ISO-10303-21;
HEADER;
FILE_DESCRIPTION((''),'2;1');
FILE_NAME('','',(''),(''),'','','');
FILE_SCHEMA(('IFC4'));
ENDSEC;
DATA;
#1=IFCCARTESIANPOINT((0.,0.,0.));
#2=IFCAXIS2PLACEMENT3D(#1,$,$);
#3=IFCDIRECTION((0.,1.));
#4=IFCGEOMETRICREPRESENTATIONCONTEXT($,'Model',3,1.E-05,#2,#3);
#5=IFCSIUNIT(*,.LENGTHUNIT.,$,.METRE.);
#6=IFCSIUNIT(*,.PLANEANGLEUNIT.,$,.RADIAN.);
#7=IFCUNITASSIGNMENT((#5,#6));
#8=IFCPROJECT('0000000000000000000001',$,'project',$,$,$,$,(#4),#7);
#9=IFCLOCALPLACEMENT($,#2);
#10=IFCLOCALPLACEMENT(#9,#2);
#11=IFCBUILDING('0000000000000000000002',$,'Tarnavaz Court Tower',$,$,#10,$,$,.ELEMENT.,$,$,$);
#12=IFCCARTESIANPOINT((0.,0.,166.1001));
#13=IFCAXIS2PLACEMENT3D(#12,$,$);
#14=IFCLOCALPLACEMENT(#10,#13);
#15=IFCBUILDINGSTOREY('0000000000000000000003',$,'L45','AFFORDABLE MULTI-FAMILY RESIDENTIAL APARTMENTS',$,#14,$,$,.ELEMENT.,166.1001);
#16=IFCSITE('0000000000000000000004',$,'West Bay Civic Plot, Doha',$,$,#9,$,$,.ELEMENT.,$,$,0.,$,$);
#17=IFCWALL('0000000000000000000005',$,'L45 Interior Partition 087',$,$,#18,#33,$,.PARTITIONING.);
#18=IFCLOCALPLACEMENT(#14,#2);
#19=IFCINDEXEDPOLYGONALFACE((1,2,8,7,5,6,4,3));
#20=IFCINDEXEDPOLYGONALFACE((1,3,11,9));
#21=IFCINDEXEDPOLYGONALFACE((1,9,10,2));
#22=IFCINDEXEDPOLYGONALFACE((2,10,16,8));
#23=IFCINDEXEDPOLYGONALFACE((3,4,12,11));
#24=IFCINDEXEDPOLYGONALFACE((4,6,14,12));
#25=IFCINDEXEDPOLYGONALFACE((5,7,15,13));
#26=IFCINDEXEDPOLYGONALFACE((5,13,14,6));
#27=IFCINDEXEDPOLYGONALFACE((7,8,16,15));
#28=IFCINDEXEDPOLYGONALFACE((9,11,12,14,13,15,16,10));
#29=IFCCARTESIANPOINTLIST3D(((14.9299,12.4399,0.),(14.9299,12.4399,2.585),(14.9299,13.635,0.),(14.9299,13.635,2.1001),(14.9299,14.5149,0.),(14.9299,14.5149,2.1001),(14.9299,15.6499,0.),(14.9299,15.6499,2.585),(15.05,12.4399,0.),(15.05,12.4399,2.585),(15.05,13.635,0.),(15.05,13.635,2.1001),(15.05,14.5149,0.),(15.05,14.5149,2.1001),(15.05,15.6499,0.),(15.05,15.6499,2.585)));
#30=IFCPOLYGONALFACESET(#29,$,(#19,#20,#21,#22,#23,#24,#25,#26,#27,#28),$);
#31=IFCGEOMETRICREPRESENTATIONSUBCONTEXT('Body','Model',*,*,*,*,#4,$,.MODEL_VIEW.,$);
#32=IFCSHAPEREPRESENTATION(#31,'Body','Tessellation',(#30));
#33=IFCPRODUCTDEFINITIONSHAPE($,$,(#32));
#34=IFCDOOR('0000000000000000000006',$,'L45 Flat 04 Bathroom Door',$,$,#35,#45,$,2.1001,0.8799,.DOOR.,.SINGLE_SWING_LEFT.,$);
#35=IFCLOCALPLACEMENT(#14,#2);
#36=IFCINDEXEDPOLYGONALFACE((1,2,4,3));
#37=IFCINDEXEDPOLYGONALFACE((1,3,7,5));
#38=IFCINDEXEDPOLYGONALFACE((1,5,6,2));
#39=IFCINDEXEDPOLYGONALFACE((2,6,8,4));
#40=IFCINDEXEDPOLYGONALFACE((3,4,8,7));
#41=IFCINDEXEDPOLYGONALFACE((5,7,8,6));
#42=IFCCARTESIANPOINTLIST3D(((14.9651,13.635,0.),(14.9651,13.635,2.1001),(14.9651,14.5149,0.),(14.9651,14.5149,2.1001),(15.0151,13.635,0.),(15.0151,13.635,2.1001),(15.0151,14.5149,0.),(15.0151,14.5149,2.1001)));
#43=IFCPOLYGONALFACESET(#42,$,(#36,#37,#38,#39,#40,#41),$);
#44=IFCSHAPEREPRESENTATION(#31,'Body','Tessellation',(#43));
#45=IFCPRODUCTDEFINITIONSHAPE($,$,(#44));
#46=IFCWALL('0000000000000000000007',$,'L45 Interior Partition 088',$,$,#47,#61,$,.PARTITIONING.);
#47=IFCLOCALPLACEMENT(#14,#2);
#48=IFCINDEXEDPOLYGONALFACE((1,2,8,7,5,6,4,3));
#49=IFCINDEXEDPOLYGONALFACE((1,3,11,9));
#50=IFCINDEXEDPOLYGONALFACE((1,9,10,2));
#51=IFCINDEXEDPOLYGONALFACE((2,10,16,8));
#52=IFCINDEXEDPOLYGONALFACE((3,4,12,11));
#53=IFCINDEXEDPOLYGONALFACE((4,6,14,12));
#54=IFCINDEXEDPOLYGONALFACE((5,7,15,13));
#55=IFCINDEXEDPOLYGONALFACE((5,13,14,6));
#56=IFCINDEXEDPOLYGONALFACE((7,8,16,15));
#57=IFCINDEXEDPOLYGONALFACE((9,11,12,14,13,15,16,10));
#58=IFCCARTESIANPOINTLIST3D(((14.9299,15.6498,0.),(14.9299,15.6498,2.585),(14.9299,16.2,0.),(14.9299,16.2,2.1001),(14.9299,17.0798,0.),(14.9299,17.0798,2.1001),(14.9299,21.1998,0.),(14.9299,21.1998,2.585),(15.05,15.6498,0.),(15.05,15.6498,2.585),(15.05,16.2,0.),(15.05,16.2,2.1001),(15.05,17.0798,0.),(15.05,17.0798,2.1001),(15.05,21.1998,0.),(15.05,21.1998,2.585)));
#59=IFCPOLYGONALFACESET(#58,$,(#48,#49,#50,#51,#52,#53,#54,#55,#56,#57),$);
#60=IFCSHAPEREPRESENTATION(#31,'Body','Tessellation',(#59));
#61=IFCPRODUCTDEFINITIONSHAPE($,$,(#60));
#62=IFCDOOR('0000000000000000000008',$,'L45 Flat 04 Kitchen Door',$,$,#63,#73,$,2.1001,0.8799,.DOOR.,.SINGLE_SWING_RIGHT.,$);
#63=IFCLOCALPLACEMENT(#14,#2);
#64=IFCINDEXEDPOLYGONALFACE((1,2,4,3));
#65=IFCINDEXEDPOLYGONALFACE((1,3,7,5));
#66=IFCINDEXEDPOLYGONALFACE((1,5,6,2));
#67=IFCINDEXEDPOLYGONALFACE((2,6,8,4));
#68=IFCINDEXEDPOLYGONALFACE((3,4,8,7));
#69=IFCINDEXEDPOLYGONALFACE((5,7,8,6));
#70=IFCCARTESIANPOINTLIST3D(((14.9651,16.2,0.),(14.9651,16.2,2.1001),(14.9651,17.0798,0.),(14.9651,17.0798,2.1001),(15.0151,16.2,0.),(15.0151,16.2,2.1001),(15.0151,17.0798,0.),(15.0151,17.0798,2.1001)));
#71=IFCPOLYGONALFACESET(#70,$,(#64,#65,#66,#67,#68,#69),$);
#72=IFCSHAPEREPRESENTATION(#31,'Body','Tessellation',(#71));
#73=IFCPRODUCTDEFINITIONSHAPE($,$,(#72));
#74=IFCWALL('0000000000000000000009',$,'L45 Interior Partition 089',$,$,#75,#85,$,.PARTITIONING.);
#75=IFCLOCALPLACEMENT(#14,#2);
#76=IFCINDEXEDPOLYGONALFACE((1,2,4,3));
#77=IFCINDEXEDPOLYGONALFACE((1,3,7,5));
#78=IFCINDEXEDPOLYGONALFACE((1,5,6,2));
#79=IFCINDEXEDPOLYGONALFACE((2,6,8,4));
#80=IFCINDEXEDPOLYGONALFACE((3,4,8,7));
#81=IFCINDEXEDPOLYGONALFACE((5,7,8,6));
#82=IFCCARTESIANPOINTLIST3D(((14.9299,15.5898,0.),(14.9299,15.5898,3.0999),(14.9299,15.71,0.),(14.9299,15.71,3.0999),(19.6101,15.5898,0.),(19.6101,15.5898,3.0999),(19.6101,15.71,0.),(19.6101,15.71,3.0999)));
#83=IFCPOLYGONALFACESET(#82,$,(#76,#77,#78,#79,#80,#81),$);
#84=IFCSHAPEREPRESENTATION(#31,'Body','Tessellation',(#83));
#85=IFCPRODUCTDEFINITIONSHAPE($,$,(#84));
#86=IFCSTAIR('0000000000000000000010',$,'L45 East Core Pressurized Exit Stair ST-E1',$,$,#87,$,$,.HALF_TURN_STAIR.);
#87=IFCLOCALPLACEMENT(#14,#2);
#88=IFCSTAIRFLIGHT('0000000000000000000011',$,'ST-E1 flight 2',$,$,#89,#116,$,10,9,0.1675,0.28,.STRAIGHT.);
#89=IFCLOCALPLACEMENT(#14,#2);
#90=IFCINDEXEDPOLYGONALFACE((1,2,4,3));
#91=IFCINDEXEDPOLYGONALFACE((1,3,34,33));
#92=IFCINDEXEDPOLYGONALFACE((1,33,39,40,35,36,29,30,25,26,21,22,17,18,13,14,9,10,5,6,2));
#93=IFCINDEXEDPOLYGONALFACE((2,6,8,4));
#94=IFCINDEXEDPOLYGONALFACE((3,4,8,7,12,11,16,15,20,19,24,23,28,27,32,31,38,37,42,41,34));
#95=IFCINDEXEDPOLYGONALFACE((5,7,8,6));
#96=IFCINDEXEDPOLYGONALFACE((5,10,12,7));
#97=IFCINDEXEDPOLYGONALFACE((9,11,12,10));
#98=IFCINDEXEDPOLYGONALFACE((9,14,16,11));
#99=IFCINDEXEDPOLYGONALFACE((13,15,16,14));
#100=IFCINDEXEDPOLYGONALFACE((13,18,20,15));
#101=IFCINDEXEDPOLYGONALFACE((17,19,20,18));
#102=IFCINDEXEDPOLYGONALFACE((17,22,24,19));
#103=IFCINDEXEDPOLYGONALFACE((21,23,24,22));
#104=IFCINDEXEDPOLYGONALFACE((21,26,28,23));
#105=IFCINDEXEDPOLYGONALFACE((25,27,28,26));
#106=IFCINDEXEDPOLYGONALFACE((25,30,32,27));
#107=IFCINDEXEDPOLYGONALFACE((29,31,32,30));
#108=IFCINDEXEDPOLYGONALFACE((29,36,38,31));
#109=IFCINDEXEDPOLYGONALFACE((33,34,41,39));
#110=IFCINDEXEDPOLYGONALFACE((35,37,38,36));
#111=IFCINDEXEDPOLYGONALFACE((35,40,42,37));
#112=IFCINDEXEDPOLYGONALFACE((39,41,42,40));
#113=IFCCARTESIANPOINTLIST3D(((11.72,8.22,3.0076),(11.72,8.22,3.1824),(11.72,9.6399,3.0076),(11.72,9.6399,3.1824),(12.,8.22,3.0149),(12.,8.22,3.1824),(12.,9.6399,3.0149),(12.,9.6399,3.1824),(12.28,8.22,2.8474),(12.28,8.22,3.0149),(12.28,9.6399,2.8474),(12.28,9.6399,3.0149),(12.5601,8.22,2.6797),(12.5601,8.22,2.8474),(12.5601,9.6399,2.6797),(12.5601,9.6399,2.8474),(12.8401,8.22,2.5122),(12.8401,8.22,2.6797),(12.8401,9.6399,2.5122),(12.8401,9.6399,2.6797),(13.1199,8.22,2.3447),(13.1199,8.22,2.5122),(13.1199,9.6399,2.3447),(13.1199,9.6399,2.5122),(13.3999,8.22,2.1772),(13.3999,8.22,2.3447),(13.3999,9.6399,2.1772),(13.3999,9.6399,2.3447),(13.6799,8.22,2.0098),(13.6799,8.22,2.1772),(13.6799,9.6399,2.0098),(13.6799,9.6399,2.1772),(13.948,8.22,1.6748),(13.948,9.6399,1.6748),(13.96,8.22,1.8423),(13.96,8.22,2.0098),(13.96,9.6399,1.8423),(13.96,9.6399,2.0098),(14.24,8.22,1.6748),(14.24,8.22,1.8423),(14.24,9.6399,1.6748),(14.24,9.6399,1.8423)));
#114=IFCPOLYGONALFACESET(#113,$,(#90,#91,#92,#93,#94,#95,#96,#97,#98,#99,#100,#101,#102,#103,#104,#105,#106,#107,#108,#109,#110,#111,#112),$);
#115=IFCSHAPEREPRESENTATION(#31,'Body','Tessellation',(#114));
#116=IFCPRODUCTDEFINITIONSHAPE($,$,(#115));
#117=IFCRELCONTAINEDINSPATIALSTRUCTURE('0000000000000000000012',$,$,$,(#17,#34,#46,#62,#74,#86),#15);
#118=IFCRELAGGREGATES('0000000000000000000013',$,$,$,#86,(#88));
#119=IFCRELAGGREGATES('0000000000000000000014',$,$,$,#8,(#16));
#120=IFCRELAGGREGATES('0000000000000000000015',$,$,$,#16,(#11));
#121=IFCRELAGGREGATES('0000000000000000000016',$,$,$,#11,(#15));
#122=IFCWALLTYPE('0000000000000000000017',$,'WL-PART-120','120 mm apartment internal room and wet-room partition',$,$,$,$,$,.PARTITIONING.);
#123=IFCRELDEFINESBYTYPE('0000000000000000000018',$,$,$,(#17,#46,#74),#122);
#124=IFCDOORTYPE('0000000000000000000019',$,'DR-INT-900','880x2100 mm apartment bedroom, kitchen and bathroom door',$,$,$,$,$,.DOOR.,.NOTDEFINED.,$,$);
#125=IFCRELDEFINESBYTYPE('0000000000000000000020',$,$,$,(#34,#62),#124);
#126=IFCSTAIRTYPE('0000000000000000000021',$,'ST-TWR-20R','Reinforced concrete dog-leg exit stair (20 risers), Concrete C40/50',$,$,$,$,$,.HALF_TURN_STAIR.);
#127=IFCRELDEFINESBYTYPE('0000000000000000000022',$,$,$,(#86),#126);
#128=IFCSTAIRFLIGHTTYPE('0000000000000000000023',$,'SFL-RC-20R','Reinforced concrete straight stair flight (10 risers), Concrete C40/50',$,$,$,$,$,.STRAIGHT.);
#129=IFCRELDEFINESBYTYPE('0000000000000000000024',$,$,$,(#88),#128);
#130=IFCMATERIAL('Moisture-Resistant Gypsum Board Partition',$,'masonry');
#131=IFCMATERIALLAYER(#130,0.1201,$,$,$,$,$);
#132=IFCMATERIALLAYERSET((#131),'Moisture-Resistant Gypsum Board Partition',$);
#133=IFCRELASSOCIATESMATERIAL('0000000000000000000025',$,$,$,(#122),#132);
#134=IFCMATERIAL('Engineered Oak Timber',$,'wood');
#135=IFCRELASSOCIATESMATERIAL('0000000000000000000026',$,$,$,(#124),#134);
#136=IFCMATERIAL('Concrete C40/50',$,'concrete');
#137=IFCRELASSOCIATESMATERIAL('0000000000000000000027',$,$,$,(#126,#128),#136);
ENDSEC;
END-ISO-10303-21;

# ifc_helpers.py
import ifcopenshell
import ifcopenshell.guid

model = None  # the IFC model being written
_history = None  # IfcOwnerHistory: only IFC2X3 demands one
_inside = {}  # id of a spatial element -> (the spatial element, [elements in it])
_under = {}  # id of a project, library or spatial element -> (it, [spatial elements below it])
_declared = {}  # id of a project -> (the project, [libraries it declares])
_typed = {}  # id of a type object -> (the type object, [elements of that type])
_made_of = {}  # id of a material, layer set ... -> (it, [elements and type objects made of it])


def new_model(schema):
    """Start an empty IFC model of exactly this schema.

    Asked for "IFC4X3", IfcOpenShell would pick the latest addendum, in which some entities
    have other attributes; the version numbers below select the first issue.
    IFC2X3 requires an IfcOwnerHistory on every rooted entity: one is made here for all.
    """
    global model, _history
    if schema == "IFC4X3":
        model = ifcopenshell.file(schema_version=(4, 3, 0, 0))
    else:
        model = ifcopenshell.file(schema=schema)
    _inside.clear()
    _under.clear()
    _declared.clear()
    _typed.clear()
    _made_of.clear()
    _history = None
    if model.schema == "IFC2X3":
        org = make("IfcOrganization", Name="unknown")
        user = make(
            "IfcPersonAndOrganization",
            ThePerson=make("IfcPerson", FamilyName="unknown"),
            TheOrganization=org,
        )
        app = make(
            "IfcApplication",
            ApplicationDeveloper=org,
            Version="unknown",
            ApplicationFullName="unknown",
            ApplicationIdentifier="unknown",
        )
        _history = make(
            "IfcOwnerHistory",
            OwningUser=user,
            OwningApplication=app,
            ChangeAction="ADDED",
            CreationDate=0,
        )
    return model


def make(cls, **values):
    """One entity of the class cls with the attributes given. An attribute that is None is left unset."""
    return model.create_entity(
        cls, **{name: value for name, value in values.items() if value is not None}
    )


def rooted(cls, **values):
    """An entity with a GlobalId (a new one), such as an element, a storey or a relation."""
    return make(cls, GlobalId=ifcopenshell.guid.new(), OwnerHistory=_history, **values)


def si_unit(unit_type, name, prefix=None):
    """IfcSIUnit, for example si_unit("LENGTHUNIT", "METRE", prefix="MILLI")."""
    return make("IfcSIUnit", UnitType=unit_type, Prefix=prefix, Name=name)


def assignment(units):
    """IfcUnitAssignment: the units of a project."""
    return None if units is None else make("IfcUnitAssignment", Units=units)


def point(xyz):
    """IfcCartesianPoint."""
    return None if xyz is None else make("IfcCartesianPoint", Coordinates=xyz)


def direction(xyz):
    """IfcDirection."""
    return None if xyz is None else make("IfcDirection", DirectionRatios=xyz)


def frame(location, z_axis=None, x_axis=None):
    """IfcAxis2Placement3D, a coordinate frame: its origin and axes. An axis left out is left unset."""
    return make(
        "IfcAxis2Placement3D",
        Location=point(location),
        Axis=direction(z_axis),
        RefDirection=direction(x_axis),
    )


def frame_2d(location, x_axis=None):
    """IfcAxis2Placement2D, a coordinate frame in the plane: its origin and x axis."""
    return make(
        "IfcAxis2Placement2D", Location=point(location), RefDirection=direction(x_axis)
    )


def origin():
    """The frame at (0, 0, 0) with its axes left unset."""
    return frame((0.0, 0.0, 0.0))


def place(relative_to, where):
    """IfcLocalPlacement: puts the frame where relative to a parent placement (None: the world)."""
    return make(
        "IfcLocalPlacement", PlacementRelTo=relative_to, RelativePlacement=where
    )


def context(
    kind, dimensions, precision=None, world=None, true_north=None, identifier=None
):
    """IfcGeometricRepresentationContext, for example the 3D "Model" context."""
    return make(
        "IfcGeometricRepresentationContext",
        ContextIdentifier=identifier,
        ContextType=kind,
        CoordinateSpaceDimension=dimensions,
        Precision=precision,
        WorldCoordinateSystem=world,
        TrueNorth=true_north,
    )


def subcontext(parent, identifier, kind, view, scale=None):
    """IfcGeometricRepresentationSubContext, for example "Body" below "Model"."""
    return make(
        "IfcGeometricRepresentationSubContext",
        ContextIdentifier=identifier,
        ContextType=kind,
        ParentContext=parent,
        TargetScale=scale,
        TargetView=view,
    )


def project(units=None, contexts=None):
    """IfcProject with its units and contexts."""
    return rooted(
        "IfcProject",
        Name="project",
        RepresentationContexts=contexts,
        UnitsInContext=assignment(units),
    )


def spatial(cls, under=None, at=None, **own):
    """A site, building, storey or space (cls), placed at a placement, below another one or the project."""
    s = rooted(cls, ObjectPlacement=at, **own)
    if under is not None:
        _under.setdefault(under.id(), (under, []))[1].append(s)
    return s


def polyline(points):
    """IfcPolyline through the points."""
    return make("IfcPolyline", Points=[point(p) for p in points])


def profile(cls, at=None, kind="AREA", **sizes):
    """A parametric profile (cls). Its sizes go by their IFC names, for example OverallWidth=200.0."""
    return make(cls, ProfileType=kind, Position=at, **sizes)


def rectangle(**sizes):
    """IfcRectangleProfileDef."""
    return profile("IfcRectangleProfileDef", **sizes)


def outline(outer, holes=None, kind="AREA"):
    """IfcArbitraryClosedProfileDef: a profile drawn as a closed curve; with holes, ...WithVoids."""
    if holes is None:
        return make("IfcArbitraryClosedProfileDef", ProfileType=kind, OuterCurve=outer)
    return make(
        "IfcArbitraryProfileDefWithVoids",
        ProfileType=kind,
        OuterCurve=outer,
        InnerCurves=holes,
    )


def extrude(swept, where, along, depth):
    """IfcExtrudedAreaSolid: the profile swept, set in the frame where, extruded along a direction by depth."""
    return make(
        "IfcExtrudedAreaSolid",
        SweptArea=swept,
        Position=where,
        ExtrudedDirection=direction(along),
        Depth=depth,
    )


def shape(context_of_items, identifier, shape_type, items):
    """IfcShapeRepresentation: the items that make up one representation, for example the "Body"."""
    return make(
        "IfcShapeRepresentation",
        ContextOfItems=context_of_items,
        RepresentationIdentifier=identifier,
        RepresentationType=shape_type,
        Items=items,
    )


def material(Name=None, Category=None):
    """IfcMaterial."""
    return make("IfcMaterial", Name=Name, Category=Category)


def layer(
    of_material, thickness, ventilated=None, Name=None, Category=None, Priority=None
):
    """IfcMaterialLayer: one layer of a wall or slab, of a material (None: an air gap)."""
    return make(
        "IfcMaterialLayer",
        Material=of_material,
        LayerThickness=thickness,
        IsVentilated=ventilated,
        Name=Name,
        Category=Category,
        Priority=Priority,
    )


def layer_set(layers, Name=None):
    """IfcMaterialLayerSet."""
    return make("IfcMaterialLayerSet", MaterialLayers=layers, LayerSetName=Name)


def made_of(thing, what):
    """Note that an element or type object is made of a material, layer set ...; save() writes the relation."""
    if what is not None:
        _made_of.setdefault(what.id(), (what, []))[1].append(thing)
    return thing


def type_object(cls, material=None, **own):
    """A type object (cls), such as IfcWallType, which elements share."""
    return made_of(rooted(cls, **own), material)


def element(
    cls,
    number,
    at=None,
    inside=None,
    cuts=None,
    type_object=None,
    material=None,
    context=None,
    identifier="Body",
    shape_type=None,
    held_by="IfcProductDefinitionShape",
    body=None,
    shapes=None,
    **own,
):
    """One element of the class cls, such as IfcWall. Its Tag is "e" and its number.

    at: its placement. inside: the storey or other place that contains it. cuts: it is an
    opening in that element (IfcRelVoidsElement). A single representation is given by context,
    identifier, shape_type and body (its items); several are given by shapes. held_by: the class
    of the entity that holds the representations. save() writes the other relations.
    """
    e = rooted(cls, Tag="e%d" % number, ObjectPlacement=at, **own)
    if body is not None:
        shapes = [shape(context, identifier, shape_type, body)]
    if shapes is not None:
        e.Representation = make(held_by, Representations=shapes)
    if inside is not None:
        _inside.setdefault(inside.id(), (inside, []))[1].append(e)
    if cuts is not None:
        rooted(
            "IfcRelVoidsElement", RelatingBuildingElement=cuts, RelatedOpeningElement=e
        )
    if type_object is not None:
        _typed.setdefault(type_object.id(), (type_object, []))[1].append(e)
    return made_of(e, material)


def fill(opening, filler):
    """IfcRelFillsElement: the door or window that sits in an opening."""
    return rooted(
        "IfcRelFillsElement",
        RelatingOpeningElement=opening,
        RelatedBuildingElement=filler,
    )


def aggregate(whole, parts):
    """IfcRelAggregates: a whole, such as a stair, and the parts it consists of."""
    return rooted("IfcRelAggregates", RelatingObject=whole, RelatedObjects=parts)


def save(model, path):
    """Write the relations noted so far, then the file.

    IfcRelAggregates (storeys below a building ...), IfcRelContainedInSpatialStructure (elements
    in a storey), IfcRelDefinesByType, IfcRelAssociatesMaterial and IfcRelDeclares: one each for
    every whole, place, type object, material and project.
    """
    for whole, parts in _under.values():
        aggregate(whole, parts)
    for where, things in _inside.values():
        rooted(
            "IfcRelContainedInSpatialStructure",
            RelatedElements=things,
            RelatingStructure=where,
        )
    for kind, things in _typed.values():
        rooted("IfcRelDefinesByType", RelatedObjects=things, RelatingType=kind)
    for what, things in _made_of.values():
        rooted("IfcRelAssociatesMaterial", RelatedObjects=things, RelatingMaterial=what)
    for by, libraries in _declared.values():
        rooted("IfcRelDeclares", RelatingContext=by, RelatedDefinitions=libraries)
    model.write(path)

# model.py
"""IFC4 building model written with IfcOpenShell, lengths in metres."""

from ifc_helpers import new_model, si_unit, direction, frame, frame_2d, origin, place, context, subcontext, project, spatial, polyline, rectangle, outline, extrude, material, layer, layer_set, type_object, element, fill, aggregate, save


model = new_model("IFC4")

# Units and contexts
model_context = context("Model", 3, precision=1e-05, world=origin(), true_north=direction((0.0, 1.0)))
body_context = subcontext(model_context, "Body", "Model", "MODEL_VIEW")
ifc_project = project(units=[si_unit("LENGTHUNIT", "METRE"), si_unit("PLANEANGLEUNIT", "RADIAN")], contexts=[model_context])

# Site, building, storey
site_placement = place(None, origin())
site = spatial("IfcSite", under=ifc_project, at=site_placement, Name="West Bay Civic Plot, Doha", CompositionType="ELEMENT", RefElevation=0.0)
building_placement = place(site_placement, origin())
building = spatial("IfcBuilding", under=site, at=building_placement, Name="Tarnavaz Court Tower", CompositionType="ELEMENT")
storey_placement = place(building_placement, frame((0.0, 0.0, 166.1001)))
storey = spatial("IfcBuildingStorey", under=building, at=storey_placement, Name="L45", Description="AFFORDABLE MULTI-FAMILY RESIDENTIAL APARTMENTS", CompositionType="ELEMENT", Elevation=166.1001)

# Walls, openings, doors
ifc_material_1 = material(Name="Moisture-Resistant Gypsum Board Partition", Category="masonry")
ifc_layer_1 = layer(ifc_material_1, 0.1201)
ifc_layer_set_1 = layer_set([ifc_layer_1], Name="Moisture-Resistant Gypsum Board Partition")
wall_type_1 = type_object("IfcWallType", Name="WL-PART-120", Description="120 mm apartment internal room and wet-room partition", PredefinedType="PARTITIONING", material=ifc_layer_set_1)
wall_1_placement = place(storey_placement, frame((14.99, 12.4399, 0.0), z_axis=(0.0, 0.0, 1.0), x_axis=(0.0, 1.0, 0.0)))
wall_1 = element("IfcWall", 1, at=wall_1_placement, inside=storey, type_object=wall_type_1, Name="L45 Interior Partition 087", PredefinedType="PARTITIONING", context=body_context, shape_type="SweptSolid", body=[
    extrude(rectangle(XDim=3.21, YDim=0.1201, at=frame_2d((1.605, 0.0))), origin(), (0.0, 0.0, 1.0), 2.585),
])
opening_1_placement = place(wall_1_placement, frame((1.1951, 0.0, 0.0)))
opening_1 = element("IfcOpeningElement", 2, at=opening_1_placement, cuts=wall_1, PredefinedType="OPENING", context=body_context, shape_type="SweptSolid", body=[
    extrude(rectangle(XDim=0.8799, YDim=2.1001, at=frame_2d((0.4399, 1.05))), frame((0.0, 0.0701, 0.0), z_axis=(0.0, -1.0, 0.0), x_axis=(1.0, 0.0, 0.0)), (0.0, 0.0, 1.0), 0.1401),
])
ifc_material_2 = material(Name="Engineered Oak Timber", Category="wood")
door_type = type_object("IfcDoorType", Name="DR-INT-900", Description="880x2100 mm apartment bedroom, kitchen and bathroom door", OperationType="NOTDEFINED", PredefinedType="DOOR", material=ifc_material_2)
door_1_placement = place(opening_1_placement, origin())
door_1 = element("IfcDoor", 3, at=door_1_placement, inside=storey, type_object=door_type, Name="L45 Flat 04 Bathroom Door", OperationType="SINGLE_SWING_LEFT", OverallHeight=2.1001, OverallWidth=0.8799, PredefinedType="DOOR", context=body_context, shape_type="SweptSolid", body=[
    extrude(rectangle(XDim=0.8799, YDim=2.1001, at=frame_2d((0.4399, 1.05))), frame((0.0, 0.0249, 0.0), z_axis=(0.0, -1.0, 0.0), x_axis=(1.0, 0.0, 0.0)), (0.0, 0.0, 1.0), 0.05),
])
fill(opening_1, door_1)
wall_2_placement = place(storey_placement, frame((14.99, 15.6499, 0.0), z_axis=(0.0, 0.0, 1.0), x_axis=(0.0, 1.0, 0.0)))
wall_2 = element("IfcWall", 4, at=wall_2_placement, inside=storey, type_object=wall_type_1, Name="L45 Interior Partition 088", PredefinedType="PARTITIONING", context=body_context, shape_type="SweptSolid", body=[
    extrude(rectangle(XDim=5.55, YDim=0.1201, at=frame_2d((2.7749, 0.0))), origin(), (0.0, 0.0, 1.0), 2.585),
])
opening_2_placement = place(wall_2_placement, frame((0.55, 0.0, 0.0)))
opening_2 = element("IfcOpeningElement", 5, at=opening_2_placement, cuts=wall_2, PredefinedType="OPENING", context=body_context, shape_type="SweptSolid", body=[
    extrude(rectangle(XDim=0.8799, YDim=2.1001, at=frame_2d((0.4399, 1.05))), frame((0.0, 0.0701, 0.0), z_axis=(0.0, -1.0, 0.0), x_axis=(1.0, 0.0, 0.0)), (0.0, 0.0, 1.0), 0.1401),
])
door_2_placement = place(opening_2_placement, origin())
door_2 = element("IfcDoor", 6, at=door_2_placement, inside=storey, type_object=door_type, Name="L45 Flat 04 Kitchen Door", OperationType="SINGLE_SWING_RIGHT", OverallHeight=2.1001, OverallWidth=0.8799, PredefinedType="DOOR", context=body_context, shape_type="SweptSolid", body=[
    extrude(rectangle(XDim=0.8799, YDim=2.1001, at=frame_2d((0.4399, 1.05))), frame((0.0, 0.0249, 0.0), z_axis=(0.0, -1.0, 0.0), x_axis=(1.0, 0.0, 0.0)), (0.0, 0.0, 1.0), 0.05),
])
fill(opening_2, door_2)

# Wall
wall_3_placement = place(storey_placement, frame((14.9299, 15.6499, 0.0), z_axis=(0.0, 0.0, 1.0), x_axis=(1.0, 0.0, 0.0)))
element("IfcWall", 7, at=wall_3_placement, inside=storey, type_object=wall_type_1, Name="L45 Interior Partition 089", PredefinedType="PARTITIONING", context=body_context, shape_type="SweptSolid", body=[
    extrude(rectangle(XDim=4.6802, YDim=0.1201, at=frame_2d((2.3401, 0.0))), origin(), (0.0, 0.0, 1.0), 3.0999),
])

# Stair, stair flight
ifc_material_3 = material(Name="Concrete C40/50", Category="concrete")
stair_type = type_object("IfcStairType", Name="ST-TWR-20R", Description="Reinforced concrete dog-leg exit stair (20 risers), Concrete C40/50", PredefinedType="HALF_TURN_STAIR", material=ifc_material_3)
stair_placement = place(storey_placement, origin())
stair = element("IfcStair", 8, at=stair_placement, inside=storey, type_object=stair_type, Name="L45 East Core Pressurized Exit Stair ST-E1", PredefinedType="HALF_TURN_STAIR")
stair_flight_type = type_object("IfcStairFlightType", Name="SFL-RC-20R", Description="Reinforced concrete straight stair flight (10 risers), Concrete C40/50", PredefinedType="STRAIGHT", material=ifc_material_3)
stair_flight_placement = place(storey_placement, frame((14.24, 8.9299, 1.6748), z_axis=(0.0, 0.0, 1.0), x_axis=(-1.0, 0.0, 0.0)))
stair_flight = element("IfcStairFlight", 9, at=stair_flight_placement, type_object=stair_flight_type, Name="ST-E1 flight 2", NumberOfRisers=10, NumberOfTreads=9, PredefinedType="STRAIGHT", RiserHeight=0.1675, TreadLength=0.28, context=body_context, shape_type="SweptSolid", body=[
    extrude(outline(polyline([(0.0, 0.0), (0.0, 0.1675), (0.28, 0.1675), (0.28, 0.335), (0.5601, 0.335), (0.5601, 0.5024), (0.8401, 0.5024), (0.8401, 0.6699), (1.1201, 0.6699), (1.1201, 0.8374), (1.3999, 0.8374), (1.3999, 1.0049), (1.6799, 1.0049), (1.6799, 1.1726), (1.96, 1.1726), (1.96, 1.3401), (2.24, 1.3401), (2.24, 1.5076), (2.52, 1.5076), (2.52, 1.675), (2.52, 1.3328), (0.292, 0.0), (0.0, 0.0)])), frame((0.0, 0.71, 0.0), z_axis=(0.0, -1.0, 0.0), x_axis=(1.0, 0.0, 0.0)), (0.0, 0.0, 1.0), 1.4199),
])
aggregate(stair, [stair_flight])

save(model, "model.ifc")
